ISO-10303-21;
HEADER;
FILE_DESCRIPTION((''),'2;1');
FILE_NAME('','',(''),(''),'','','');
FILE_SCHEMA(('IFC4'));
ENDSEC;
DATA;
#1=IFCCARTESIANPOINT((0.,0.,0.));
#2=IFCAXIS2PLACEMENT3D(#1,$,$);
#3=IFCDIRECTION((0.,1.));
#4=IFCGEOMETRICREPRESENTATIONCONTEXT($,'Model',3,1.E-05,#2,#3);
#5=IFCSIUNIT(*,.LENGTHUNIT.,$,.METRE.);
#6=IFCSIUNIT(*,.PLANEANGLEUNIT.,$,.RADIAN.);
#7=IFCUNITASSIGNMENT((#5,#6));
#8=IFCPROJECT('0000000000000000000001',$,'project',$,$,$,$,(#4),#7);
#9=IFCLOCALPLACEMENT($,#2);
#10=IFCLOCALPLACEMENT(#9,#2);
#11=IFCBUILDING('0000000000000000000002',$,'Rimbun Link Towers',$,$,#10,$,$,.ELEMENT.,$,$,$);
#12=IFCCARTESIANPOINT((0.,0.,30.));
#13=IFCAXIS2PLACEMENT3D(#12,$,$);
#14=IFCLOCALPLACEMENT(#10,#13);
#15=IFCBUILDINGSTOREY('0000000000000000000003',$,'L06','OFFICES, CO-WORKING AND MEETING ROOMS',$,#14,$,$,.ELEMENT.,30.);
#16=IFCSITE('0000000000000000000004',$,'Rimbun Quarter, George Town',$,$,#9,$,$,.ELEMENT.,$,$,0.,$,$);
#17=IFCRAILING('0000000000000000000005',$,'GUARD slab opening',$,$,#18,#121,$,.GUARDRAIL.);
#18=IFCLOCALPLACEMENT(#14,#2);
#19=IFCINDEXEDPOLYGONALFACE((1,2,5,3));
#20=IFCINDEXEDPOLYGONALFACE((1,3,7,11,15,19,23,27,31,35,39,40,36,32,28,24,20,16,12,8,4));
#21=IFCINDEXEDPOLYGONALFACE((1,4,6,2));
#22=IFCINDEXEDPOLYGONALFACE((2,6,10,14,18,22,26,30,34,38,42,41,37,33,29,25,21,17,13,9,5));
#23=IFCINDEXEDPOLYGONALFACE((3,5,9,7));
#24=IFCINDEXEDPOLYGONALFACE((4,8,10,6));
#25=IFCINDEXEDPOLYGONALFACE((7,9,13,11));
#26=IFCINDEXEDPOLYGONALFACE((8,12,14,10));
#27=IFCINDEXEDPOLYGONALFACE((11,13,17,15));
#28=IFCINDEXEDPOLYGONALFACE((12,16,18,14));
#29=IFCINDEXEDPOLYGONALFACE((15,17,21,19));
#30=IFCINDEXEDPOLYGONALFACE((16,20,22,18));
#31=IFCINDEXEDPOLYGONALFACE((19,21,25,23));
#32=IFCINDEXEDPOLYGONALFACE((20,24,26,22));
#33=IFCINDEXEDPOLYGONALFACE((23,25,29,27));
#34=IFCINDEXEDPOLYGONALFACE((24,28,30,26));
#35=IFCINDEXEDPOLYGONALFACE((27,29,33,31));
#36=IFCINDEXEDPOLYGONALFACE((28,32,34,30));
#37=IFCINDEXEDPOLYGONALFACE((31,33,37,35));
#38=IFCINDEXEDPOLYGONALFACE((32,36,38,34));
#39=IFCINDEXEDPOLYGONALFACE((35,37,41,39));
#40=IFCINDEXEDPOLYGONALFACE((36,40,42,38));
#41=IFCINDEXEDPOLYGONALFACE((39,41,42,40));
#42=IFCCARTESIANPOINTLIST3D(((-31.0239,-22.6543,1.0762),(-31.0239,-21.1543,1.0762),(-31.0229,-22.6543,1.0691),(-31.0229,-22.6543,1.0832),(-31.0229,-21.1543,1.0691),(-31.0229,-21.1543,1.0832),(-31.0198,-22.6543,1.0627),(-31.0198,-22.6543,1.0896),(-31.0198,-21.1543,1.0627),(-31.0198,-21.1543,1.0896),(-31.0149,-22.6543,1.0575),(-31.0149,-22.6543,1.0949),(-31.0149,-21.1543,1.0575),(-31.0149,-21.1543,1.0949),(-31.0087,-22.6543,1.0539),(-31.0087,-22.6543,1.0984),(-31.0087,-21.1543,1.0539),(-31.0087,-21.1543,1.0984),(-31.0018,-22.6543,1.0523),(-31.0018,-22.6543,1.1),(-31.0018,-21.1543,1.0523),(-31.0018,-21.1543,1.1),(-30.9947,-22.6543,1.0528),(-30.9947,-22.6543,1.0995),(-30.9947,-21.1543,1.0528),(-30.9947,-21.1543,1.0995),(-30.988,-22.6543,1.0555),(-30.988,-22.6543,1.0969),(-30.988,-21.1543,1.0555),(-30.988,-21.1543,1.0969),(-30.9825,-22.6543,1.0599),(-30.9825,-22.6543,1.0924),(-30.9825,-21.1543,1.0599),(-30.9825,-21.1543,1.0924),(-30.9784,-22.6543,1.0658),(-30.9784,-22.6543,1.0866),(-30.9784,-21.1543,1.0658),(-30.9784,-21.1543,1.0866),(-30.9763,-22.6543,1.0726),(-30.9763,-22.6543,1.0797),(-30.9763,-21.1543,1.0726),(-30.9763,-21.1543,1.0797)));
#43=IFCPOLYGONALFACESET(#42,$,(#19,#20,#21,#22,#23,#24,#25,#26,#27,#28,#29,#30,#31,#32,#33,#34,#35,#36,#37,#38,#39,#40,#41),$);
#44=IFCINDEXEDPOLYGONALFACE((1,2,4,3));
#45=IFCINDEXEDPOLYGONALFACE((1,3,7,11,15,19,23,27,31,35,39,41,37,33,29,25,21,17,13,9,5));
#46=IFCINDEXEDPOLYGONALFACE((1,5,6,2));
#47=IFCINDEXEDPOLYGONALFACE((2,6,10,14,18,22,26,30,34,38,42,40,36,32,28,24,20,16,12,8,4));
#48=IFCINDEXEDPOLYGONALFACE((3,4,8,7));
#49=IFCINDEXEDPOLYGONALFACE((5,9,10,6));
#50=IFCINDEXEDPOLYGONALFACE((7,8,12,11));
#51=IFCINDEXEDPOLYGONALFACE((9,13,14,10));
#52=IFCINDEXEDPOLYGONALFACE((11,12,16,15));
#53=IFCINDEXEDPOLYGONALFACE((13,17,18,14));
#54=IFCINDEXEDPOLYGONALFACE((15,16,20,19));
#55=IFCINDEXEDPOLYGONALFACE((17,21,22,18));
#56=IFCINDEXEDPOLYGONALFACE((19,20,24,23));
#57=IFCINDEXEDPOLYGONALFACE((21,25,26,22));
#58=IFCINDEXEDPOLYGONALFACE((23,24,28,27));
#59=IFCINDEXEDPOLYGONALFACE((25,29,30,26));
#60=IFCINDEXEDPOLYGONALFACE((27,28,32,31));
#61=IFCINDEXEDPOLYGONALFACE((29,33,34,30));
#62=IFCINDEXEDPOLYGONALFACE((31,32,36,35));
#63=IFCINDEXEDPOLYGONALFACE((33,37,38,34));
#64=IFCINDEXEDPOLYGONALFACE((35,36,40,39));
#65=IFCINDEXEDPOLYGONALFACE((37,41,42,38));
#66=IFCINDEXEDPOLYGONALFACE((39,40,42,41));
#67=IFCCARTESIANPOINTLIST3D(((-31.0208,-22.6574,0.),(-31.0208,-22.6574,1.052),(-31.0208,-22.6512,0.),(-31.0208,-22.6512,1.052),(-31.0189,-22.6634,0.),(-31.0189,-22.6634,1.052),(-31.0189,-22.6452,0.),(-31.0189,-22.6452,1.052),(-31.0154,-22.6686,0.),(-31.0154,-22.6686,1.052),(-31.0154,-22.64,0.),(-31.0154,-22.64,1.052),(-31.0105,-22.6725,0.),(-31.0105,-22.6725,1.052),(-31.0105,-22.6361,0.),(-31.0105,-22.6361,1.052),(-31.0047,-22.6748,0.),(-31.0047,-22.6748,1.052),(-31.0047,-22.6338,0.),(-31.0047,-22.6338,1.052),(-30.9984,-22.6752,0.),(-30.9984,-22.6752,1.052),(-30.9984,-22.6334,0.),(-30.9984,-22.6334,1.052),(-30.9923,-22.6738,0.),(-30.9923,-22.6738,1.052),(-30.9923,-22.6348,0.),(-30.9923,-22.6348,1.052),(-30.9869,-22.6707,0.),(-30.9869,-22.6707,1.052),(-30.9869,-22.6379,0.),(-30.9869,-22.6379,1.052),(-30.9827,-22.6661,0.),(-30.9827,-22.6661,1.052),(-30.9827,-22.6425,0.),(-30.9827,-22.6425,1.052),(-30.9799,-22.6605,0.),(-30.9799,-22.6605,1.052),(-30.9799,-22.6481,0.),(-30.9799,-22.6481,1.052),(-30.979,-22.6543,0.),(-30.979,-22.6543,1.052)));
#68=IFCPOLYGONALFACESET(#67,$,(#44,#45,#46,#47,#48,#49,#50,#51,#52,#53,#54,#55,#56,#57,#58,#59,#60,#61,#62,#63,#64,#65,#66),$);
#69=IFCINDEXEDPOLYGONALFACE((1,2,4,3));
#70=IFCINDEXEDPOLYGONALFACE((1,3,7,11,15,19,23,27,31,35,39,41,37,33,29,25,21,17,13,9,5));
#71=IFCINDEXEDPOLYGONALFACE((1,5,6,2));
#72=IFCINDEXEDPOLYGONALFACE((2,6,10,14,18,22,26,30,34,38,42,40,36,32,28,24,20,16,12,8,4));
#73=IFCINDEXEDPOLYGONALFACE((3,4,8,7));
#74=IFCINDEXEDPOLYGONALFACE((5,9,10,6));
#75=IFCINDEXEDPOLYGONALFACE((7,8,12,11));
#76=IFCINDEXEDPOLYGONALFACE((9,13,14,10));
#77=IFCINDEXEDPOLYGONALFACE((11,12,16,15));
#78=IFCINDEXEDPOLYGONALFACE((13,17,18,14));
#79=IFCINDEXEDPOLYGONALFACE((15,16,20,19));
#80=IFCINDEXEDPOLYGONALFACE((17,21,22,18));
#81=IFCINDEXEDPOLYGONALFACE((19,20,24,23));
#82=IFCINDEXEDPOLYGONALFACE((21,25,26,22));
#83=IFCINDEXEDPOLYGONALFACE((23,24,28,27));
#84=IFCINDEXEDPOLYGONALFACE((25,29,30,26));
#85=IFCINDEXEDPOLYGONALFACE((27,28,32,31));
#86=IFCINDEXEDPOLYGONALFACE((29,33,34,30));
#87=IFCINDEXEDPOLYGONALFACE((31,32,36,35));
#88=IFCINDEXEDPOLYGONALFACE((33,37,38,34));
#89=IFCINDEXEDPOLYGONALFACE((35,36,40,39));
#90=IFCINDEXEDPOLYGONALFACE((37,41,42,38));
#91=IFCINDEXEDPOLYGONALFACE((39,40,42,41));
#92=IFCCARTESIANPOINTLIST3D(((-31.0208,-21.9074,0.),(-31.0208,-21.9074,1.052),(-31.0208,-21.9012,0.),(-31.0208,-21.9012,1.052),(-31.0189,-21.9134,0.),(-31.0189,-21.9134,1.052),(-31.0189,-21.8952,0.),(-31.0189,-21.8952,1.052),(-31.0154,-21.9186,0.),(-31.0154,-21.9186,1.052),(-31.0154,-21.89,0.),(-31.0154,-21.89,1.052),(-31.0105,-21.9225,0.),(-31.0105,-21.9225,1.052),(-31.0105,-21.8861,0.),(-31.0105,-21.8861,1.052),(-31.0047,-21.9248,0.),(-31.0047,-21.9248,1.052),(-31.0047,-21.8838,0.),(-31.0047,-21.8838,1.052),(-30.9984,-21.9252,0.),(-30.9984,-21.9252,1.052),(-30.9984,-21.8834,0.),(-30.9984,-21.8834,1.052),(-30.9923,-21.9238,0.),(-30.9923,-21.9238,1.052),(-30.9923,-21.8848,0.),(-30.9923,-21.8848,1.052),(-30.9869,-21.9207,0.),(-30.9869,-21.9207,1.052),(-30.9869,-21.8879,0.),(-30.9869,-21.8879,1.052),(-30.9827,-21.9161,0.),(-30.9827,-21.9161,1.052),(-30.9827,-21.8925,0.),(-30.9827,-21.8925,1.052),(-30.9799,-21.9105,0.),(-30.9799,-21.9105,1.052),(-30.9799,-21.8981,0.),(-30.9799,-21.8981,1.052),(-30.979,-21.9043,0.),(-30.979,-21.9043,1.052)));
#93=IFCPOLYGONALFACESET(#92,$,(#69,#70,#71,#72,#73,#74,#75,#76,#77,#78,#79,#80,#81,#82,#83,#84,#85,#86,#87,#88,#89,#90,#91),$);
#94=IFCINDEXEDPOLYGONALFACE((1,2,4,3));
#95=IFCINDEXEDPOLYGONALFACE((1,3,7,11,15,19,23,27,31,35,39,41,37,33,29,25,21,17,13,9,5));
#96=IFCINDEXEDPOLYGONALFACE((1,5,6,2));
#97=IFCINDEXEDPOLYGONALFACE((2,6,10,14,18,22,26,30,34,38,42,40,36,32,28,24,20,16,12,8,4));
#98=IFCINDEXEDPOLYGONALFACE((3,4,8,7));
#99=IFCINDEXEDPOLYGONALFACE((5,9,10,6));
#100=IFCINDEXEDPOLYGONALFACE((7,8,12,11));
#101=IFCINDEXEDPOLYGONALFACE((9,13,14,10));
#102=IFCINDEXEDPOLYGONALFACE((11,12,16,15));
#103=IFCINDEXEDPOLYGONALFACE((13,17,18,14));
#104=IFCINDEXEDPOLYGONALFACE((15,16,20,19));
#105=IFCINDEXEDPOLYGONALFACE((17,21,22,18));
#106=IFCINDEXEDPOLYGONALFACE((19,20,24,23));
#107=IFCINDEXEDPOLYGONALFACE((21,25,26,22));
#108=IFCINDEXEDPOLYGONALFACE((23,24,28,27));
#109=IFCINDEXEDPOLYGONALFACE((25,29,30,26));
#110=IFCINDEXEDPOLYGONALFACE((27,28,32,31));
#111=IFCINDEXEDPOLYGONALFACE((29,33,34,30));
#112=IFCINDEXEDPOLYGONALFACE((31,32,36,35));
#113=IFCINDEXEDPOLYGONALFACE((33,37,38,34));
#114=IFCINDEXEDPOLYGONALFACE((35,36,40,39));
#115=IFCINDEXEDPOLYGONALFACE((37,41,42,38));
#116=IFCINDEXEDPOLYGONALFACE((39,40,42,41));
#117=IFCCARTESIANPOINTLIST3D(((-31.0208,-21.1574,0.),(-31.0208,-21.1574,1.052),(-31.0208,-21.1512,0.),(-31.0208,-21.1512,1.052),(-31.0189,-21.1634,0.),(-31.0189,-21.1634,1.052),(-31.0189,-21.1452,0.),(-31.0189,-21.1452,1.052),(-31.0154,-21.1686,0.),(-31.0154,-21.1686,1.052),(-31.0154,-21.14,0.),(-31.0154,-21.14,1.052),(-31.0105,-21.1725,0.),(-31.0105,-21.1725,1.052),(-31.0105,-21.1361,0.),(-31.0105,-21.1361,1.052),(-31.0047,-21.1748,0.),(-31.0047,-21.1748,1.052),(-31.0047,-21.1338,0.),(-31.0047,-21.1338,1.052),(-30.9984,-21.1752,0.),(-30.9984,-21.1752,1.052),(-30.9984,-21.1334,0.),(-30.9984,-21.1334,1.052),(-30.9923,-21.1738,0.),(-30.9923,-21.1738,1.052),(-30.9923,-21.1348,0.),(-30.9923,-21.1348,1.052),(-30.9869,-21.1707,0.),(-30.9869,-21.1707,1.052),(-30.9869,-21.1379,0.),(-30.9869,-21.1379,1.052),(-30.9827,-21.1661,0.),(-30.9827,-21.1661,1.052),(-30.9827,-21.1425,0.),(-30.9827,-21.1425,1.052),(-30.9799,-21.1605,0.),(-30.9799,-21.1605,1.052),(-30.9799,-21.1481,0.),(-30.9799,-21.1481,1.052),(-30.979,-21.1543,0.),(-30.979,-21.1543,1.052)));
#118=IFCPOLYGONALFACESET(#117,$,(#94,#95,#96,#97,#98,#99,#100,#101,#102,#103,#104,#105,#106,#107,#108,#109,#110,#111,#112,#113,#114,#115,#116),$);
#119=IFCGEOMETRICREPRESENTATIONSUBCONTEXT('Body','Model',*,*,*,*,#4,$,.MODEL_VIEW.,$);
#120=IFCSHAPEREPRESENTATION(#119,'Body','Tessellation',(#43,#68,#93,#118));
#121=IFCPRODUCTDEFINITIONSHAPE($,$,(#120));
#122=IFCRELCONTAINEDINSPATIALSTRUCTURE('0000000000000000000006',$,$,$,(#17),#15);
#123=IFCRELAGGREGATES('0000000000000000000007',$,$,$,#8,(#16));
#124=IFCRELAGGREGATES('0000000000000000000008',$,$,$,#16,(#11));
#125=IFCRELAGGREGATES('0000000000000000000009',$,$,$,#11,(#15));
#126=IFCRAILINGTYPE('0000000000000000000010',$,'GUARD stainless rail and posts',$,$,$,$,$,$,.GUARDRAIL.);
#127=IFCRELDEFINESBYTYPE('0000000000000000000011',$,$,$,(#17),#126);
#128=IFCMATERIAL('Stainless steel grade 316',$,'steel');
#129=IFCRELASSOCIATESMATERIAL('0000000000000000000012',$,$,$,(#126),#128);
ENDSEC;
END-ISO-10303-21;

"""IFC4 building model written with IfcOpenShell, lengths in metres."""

from ifc_helpers import new_model, si_unit, direction, frame, origin, origin_2d, place, context, subcontext, project, spatial, circle, extrude, material, type_object, element, save


model = new_model("IFC4")

# Units and contexts
model_context = context("Model", 3, precision=1e-05, world=origin(), true_north=direction((0.0, 1.0)))
body_context = subcontext(model_context, "Body", "Model", "MODEL_VIEW")
ifc_project = project(units=[si_unit("LENGTHUNIT", "METRE"), si_unit("PLANEANGLEUNIT", "RADIAN")], contexts=[model_context])

# Site, building, storey
site_placement = place(None, origin())
site = spatial("IfcSite", under=ifc_project, at=site_placement, Name="Rimbun Quarter, George Town", CompositionType="ELEMENT", RefElevation=0.0)
building_placement = place(site_placement, origin())
building = spatial("IfcBuilding", under=site, at=building_placement, Name="Rimbun Link Towers", CompositionType="ELEMENT")
storey_placement = place(building_placement, frame((0.0, 0.0, 30.0)))
storey = spatial("IfcBuildingStorey", under=building, at=storey_placement, Name="L06", Description="OFFICES, CO-WORKING AND MEETING ROOMS", CompositionType="ELEMENT", Elevation=30.0)

# Railing
ifc_material_1 = material(Name="Stainless steel grade 316", Category="steel")
railing_type = type_object("IfcRailingType", Name="GUARD stainless rail and posts", PredefinedType="GUARDRAIL", material=ifc_material_1)
railing_1_placement = place(storey_placement, frame((-31.0, -22.6543, 0.0)))
element("IfcRailing", 1, at=railing_1_placement, inside=storey, type_object=railing_type, Name="GUARD slab opening", PredefinedType="GUARDRAIL", context=body_context, shape_type="SweptSolid", body=[
    extrude(circle(Radius=0.0239, at=origin_2d()), frame((0.0, 0.0, 1.0762), z_axis=(0.0, 1.0, 0.0), x_axis=(-1.0, 0.0, 0.0)), (0.0, 0.0, 1.0), 1.5),
    extrude(circle(Radius=0.021, at=origin_2d()), origin(), (0.0, 0.0, 1.0), 1.052),
    extrude(circle(Radius=0.021, at=origin_2d()), frame((0.0, 0.75, 0.0)), (0.0, 0.0, 1.0), 1.052),
    extrude(circle(Radius=0.021, at=origin_2d()), frame((0.0, 1.5, 0.0)), (0.0, 0.0, 1.0), 1.052),
])

save(model, "model.ifc")
